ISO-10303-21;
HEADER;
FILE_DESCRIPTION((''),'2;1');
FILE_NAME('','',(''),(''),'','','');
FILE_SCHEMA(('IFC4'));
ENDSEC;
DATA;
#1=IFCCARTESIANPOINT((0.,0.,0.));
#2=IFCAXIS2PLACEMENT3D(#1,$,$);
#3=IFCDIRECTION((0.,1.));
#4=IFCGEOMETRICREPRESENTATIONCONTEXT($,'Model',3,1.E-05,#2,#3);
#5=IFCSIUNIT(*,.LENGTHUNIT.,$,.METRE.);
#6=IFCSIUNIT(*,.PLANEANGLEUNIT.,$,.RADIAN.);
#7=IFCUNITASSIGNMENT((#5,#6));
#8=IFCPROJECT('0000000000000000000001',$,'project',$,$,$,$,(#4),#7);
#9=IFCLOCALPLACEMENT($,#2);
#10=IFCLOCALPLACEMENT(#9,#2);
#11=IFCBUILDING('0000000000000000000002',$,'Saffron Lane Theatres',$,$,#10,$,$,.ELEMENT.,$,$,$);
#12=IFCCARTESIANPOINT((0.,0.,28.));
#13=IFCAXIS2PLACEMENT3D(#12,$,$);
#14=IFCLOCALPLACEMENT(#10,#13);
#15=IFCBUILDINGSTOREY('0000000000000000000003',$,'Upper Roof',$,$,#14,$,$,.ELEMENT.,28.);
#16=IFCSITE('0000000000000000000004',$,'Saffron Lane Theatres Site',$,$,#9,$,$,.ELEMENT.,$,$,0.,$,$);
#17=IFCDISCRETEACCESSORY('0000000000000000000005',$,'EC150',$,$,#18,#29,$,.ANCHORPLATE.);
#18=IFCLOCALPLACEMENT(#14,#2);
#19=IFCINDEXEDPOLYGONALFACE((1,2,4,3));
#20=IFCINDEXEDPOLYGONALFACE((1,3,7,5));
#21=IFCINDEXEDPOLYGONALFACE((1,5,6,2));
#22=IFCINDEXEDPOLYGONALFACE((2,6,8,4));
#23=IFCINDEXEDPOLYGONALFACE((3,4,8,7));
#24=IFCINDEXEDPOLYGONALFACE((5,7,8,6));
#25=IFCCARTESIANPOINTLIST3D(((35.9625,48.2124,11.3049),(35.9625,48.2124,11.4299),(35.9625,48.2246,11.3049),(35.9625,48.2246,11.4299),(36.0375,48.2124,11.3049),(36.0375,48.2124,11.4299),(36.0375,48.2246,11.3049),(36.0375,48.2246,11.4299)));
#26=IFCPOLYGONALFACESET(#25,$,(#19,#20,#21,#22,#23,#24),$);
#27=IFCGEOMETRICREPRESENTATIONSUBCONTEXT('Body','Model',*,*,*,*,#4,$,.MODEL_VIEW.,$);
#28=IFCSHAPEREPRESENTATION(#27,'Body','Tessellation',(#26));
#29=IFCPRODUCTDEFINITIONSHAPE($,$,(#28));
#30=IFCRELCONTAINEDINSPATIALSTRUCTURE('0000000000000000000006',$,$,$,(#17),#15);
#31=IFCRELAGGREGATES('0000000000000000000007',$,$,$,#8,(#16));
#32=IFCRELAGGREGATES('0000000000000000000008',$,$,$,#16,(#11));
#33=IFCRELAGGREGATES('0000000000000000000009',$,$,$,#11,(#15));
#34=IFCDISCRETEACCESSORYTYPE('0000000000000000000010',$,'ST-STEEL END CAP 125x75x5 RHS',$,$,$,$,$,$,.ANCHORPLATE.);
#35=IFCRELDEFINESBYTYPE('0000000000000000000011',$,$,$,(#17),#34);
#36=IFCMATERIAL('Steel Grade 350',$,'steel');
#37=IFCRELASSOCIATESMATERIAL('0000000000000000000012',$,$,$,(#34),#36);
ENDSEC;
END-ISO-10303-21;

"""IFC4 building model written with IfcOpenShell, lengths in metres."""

from ifc_helpers import new_model, si_unit, direction, frame, origin, origin_2d, place, context, subcontext, project, spatial, rectangle, extrude, material, material_profile, profile_set, type_object, element, save


model = new_model("IFC4")

# Units and contexts
model_context = context("Model", 3, precision=1e-05, world=origin(), true_north=direction((0.0, 1.0)))
body_context = subcontext(model_context, "Body", "Model", "MODEL_VIEW")
ifc_project = project(units=[si_unit("LENGTHUNIT", "METRE"), si_unit("PLANEANGLEUNIT", "RADIAN")], contexts=[model_context])

# Site, building, storey
site_placement = place(None, origin())
site = spatial("IfcSite", under=ifc_project, at=site_placement, Name="Saffron Lane Theatres Site", CompositionType="ELEMENT", RefElevation=0.0)
building_placement = place(site_placement, origin())
building = spatial("IfcBuilding", under=site, at=building_placement, Name="Saffron Lane Theatres", CompositionType="ELEMENT")
storey_placement = place(building_placement, frame((0.0, 0.0, 28.0)))
storey = spatial("IfcBuildingStorey", under=building, at=storey_placement, Name="Upper Roof", CompositionType="ELEMENT", Elevation=28.0)

# Discrete accessory
ifc_material_1 = material(Name="Steel Grade 350", Category="steel")
ifc_material_profile_1 = material_profile(ifc_material_1, rectangle(XDim=0.075, YDim=0.125, at=origin_2d()))
ifc_profile_set_1 = profile_set([ifc_material_profile_1], Name="Steel Grade 350")
discrete_accessory_type_1 = type_object("IfcDiscreteAccessoryType", Name="ST-STEEL END CAP 125x75x5 RHS", PredefinedType="ANCHORPLATE", material=ifc_profile_set_1)
discrete_accessory_1_placement = place(storey_placement, frame((36.0, 48.2124, 11.3674), z_axis=(0.0, 1.0, 0.0), x_axis=(-1.0, 0.0, 0.0)))
element("IfcDiscreteAccessory", 1, at=discrete_accessory_1_placement, inside=storey, type_object=discrete_accessory_type_1, Name="EC150", PredefinedType="ANCHORPLATE", context=body_context, shape_type="SweptSolid", body=[
    extrude(rectangle(XDim=0.075, YDim=0.125, at=origin_2d()), origin(), (0.0, 0.0, 1.0), 0.0122),
])

save(model, "model.ifc")
